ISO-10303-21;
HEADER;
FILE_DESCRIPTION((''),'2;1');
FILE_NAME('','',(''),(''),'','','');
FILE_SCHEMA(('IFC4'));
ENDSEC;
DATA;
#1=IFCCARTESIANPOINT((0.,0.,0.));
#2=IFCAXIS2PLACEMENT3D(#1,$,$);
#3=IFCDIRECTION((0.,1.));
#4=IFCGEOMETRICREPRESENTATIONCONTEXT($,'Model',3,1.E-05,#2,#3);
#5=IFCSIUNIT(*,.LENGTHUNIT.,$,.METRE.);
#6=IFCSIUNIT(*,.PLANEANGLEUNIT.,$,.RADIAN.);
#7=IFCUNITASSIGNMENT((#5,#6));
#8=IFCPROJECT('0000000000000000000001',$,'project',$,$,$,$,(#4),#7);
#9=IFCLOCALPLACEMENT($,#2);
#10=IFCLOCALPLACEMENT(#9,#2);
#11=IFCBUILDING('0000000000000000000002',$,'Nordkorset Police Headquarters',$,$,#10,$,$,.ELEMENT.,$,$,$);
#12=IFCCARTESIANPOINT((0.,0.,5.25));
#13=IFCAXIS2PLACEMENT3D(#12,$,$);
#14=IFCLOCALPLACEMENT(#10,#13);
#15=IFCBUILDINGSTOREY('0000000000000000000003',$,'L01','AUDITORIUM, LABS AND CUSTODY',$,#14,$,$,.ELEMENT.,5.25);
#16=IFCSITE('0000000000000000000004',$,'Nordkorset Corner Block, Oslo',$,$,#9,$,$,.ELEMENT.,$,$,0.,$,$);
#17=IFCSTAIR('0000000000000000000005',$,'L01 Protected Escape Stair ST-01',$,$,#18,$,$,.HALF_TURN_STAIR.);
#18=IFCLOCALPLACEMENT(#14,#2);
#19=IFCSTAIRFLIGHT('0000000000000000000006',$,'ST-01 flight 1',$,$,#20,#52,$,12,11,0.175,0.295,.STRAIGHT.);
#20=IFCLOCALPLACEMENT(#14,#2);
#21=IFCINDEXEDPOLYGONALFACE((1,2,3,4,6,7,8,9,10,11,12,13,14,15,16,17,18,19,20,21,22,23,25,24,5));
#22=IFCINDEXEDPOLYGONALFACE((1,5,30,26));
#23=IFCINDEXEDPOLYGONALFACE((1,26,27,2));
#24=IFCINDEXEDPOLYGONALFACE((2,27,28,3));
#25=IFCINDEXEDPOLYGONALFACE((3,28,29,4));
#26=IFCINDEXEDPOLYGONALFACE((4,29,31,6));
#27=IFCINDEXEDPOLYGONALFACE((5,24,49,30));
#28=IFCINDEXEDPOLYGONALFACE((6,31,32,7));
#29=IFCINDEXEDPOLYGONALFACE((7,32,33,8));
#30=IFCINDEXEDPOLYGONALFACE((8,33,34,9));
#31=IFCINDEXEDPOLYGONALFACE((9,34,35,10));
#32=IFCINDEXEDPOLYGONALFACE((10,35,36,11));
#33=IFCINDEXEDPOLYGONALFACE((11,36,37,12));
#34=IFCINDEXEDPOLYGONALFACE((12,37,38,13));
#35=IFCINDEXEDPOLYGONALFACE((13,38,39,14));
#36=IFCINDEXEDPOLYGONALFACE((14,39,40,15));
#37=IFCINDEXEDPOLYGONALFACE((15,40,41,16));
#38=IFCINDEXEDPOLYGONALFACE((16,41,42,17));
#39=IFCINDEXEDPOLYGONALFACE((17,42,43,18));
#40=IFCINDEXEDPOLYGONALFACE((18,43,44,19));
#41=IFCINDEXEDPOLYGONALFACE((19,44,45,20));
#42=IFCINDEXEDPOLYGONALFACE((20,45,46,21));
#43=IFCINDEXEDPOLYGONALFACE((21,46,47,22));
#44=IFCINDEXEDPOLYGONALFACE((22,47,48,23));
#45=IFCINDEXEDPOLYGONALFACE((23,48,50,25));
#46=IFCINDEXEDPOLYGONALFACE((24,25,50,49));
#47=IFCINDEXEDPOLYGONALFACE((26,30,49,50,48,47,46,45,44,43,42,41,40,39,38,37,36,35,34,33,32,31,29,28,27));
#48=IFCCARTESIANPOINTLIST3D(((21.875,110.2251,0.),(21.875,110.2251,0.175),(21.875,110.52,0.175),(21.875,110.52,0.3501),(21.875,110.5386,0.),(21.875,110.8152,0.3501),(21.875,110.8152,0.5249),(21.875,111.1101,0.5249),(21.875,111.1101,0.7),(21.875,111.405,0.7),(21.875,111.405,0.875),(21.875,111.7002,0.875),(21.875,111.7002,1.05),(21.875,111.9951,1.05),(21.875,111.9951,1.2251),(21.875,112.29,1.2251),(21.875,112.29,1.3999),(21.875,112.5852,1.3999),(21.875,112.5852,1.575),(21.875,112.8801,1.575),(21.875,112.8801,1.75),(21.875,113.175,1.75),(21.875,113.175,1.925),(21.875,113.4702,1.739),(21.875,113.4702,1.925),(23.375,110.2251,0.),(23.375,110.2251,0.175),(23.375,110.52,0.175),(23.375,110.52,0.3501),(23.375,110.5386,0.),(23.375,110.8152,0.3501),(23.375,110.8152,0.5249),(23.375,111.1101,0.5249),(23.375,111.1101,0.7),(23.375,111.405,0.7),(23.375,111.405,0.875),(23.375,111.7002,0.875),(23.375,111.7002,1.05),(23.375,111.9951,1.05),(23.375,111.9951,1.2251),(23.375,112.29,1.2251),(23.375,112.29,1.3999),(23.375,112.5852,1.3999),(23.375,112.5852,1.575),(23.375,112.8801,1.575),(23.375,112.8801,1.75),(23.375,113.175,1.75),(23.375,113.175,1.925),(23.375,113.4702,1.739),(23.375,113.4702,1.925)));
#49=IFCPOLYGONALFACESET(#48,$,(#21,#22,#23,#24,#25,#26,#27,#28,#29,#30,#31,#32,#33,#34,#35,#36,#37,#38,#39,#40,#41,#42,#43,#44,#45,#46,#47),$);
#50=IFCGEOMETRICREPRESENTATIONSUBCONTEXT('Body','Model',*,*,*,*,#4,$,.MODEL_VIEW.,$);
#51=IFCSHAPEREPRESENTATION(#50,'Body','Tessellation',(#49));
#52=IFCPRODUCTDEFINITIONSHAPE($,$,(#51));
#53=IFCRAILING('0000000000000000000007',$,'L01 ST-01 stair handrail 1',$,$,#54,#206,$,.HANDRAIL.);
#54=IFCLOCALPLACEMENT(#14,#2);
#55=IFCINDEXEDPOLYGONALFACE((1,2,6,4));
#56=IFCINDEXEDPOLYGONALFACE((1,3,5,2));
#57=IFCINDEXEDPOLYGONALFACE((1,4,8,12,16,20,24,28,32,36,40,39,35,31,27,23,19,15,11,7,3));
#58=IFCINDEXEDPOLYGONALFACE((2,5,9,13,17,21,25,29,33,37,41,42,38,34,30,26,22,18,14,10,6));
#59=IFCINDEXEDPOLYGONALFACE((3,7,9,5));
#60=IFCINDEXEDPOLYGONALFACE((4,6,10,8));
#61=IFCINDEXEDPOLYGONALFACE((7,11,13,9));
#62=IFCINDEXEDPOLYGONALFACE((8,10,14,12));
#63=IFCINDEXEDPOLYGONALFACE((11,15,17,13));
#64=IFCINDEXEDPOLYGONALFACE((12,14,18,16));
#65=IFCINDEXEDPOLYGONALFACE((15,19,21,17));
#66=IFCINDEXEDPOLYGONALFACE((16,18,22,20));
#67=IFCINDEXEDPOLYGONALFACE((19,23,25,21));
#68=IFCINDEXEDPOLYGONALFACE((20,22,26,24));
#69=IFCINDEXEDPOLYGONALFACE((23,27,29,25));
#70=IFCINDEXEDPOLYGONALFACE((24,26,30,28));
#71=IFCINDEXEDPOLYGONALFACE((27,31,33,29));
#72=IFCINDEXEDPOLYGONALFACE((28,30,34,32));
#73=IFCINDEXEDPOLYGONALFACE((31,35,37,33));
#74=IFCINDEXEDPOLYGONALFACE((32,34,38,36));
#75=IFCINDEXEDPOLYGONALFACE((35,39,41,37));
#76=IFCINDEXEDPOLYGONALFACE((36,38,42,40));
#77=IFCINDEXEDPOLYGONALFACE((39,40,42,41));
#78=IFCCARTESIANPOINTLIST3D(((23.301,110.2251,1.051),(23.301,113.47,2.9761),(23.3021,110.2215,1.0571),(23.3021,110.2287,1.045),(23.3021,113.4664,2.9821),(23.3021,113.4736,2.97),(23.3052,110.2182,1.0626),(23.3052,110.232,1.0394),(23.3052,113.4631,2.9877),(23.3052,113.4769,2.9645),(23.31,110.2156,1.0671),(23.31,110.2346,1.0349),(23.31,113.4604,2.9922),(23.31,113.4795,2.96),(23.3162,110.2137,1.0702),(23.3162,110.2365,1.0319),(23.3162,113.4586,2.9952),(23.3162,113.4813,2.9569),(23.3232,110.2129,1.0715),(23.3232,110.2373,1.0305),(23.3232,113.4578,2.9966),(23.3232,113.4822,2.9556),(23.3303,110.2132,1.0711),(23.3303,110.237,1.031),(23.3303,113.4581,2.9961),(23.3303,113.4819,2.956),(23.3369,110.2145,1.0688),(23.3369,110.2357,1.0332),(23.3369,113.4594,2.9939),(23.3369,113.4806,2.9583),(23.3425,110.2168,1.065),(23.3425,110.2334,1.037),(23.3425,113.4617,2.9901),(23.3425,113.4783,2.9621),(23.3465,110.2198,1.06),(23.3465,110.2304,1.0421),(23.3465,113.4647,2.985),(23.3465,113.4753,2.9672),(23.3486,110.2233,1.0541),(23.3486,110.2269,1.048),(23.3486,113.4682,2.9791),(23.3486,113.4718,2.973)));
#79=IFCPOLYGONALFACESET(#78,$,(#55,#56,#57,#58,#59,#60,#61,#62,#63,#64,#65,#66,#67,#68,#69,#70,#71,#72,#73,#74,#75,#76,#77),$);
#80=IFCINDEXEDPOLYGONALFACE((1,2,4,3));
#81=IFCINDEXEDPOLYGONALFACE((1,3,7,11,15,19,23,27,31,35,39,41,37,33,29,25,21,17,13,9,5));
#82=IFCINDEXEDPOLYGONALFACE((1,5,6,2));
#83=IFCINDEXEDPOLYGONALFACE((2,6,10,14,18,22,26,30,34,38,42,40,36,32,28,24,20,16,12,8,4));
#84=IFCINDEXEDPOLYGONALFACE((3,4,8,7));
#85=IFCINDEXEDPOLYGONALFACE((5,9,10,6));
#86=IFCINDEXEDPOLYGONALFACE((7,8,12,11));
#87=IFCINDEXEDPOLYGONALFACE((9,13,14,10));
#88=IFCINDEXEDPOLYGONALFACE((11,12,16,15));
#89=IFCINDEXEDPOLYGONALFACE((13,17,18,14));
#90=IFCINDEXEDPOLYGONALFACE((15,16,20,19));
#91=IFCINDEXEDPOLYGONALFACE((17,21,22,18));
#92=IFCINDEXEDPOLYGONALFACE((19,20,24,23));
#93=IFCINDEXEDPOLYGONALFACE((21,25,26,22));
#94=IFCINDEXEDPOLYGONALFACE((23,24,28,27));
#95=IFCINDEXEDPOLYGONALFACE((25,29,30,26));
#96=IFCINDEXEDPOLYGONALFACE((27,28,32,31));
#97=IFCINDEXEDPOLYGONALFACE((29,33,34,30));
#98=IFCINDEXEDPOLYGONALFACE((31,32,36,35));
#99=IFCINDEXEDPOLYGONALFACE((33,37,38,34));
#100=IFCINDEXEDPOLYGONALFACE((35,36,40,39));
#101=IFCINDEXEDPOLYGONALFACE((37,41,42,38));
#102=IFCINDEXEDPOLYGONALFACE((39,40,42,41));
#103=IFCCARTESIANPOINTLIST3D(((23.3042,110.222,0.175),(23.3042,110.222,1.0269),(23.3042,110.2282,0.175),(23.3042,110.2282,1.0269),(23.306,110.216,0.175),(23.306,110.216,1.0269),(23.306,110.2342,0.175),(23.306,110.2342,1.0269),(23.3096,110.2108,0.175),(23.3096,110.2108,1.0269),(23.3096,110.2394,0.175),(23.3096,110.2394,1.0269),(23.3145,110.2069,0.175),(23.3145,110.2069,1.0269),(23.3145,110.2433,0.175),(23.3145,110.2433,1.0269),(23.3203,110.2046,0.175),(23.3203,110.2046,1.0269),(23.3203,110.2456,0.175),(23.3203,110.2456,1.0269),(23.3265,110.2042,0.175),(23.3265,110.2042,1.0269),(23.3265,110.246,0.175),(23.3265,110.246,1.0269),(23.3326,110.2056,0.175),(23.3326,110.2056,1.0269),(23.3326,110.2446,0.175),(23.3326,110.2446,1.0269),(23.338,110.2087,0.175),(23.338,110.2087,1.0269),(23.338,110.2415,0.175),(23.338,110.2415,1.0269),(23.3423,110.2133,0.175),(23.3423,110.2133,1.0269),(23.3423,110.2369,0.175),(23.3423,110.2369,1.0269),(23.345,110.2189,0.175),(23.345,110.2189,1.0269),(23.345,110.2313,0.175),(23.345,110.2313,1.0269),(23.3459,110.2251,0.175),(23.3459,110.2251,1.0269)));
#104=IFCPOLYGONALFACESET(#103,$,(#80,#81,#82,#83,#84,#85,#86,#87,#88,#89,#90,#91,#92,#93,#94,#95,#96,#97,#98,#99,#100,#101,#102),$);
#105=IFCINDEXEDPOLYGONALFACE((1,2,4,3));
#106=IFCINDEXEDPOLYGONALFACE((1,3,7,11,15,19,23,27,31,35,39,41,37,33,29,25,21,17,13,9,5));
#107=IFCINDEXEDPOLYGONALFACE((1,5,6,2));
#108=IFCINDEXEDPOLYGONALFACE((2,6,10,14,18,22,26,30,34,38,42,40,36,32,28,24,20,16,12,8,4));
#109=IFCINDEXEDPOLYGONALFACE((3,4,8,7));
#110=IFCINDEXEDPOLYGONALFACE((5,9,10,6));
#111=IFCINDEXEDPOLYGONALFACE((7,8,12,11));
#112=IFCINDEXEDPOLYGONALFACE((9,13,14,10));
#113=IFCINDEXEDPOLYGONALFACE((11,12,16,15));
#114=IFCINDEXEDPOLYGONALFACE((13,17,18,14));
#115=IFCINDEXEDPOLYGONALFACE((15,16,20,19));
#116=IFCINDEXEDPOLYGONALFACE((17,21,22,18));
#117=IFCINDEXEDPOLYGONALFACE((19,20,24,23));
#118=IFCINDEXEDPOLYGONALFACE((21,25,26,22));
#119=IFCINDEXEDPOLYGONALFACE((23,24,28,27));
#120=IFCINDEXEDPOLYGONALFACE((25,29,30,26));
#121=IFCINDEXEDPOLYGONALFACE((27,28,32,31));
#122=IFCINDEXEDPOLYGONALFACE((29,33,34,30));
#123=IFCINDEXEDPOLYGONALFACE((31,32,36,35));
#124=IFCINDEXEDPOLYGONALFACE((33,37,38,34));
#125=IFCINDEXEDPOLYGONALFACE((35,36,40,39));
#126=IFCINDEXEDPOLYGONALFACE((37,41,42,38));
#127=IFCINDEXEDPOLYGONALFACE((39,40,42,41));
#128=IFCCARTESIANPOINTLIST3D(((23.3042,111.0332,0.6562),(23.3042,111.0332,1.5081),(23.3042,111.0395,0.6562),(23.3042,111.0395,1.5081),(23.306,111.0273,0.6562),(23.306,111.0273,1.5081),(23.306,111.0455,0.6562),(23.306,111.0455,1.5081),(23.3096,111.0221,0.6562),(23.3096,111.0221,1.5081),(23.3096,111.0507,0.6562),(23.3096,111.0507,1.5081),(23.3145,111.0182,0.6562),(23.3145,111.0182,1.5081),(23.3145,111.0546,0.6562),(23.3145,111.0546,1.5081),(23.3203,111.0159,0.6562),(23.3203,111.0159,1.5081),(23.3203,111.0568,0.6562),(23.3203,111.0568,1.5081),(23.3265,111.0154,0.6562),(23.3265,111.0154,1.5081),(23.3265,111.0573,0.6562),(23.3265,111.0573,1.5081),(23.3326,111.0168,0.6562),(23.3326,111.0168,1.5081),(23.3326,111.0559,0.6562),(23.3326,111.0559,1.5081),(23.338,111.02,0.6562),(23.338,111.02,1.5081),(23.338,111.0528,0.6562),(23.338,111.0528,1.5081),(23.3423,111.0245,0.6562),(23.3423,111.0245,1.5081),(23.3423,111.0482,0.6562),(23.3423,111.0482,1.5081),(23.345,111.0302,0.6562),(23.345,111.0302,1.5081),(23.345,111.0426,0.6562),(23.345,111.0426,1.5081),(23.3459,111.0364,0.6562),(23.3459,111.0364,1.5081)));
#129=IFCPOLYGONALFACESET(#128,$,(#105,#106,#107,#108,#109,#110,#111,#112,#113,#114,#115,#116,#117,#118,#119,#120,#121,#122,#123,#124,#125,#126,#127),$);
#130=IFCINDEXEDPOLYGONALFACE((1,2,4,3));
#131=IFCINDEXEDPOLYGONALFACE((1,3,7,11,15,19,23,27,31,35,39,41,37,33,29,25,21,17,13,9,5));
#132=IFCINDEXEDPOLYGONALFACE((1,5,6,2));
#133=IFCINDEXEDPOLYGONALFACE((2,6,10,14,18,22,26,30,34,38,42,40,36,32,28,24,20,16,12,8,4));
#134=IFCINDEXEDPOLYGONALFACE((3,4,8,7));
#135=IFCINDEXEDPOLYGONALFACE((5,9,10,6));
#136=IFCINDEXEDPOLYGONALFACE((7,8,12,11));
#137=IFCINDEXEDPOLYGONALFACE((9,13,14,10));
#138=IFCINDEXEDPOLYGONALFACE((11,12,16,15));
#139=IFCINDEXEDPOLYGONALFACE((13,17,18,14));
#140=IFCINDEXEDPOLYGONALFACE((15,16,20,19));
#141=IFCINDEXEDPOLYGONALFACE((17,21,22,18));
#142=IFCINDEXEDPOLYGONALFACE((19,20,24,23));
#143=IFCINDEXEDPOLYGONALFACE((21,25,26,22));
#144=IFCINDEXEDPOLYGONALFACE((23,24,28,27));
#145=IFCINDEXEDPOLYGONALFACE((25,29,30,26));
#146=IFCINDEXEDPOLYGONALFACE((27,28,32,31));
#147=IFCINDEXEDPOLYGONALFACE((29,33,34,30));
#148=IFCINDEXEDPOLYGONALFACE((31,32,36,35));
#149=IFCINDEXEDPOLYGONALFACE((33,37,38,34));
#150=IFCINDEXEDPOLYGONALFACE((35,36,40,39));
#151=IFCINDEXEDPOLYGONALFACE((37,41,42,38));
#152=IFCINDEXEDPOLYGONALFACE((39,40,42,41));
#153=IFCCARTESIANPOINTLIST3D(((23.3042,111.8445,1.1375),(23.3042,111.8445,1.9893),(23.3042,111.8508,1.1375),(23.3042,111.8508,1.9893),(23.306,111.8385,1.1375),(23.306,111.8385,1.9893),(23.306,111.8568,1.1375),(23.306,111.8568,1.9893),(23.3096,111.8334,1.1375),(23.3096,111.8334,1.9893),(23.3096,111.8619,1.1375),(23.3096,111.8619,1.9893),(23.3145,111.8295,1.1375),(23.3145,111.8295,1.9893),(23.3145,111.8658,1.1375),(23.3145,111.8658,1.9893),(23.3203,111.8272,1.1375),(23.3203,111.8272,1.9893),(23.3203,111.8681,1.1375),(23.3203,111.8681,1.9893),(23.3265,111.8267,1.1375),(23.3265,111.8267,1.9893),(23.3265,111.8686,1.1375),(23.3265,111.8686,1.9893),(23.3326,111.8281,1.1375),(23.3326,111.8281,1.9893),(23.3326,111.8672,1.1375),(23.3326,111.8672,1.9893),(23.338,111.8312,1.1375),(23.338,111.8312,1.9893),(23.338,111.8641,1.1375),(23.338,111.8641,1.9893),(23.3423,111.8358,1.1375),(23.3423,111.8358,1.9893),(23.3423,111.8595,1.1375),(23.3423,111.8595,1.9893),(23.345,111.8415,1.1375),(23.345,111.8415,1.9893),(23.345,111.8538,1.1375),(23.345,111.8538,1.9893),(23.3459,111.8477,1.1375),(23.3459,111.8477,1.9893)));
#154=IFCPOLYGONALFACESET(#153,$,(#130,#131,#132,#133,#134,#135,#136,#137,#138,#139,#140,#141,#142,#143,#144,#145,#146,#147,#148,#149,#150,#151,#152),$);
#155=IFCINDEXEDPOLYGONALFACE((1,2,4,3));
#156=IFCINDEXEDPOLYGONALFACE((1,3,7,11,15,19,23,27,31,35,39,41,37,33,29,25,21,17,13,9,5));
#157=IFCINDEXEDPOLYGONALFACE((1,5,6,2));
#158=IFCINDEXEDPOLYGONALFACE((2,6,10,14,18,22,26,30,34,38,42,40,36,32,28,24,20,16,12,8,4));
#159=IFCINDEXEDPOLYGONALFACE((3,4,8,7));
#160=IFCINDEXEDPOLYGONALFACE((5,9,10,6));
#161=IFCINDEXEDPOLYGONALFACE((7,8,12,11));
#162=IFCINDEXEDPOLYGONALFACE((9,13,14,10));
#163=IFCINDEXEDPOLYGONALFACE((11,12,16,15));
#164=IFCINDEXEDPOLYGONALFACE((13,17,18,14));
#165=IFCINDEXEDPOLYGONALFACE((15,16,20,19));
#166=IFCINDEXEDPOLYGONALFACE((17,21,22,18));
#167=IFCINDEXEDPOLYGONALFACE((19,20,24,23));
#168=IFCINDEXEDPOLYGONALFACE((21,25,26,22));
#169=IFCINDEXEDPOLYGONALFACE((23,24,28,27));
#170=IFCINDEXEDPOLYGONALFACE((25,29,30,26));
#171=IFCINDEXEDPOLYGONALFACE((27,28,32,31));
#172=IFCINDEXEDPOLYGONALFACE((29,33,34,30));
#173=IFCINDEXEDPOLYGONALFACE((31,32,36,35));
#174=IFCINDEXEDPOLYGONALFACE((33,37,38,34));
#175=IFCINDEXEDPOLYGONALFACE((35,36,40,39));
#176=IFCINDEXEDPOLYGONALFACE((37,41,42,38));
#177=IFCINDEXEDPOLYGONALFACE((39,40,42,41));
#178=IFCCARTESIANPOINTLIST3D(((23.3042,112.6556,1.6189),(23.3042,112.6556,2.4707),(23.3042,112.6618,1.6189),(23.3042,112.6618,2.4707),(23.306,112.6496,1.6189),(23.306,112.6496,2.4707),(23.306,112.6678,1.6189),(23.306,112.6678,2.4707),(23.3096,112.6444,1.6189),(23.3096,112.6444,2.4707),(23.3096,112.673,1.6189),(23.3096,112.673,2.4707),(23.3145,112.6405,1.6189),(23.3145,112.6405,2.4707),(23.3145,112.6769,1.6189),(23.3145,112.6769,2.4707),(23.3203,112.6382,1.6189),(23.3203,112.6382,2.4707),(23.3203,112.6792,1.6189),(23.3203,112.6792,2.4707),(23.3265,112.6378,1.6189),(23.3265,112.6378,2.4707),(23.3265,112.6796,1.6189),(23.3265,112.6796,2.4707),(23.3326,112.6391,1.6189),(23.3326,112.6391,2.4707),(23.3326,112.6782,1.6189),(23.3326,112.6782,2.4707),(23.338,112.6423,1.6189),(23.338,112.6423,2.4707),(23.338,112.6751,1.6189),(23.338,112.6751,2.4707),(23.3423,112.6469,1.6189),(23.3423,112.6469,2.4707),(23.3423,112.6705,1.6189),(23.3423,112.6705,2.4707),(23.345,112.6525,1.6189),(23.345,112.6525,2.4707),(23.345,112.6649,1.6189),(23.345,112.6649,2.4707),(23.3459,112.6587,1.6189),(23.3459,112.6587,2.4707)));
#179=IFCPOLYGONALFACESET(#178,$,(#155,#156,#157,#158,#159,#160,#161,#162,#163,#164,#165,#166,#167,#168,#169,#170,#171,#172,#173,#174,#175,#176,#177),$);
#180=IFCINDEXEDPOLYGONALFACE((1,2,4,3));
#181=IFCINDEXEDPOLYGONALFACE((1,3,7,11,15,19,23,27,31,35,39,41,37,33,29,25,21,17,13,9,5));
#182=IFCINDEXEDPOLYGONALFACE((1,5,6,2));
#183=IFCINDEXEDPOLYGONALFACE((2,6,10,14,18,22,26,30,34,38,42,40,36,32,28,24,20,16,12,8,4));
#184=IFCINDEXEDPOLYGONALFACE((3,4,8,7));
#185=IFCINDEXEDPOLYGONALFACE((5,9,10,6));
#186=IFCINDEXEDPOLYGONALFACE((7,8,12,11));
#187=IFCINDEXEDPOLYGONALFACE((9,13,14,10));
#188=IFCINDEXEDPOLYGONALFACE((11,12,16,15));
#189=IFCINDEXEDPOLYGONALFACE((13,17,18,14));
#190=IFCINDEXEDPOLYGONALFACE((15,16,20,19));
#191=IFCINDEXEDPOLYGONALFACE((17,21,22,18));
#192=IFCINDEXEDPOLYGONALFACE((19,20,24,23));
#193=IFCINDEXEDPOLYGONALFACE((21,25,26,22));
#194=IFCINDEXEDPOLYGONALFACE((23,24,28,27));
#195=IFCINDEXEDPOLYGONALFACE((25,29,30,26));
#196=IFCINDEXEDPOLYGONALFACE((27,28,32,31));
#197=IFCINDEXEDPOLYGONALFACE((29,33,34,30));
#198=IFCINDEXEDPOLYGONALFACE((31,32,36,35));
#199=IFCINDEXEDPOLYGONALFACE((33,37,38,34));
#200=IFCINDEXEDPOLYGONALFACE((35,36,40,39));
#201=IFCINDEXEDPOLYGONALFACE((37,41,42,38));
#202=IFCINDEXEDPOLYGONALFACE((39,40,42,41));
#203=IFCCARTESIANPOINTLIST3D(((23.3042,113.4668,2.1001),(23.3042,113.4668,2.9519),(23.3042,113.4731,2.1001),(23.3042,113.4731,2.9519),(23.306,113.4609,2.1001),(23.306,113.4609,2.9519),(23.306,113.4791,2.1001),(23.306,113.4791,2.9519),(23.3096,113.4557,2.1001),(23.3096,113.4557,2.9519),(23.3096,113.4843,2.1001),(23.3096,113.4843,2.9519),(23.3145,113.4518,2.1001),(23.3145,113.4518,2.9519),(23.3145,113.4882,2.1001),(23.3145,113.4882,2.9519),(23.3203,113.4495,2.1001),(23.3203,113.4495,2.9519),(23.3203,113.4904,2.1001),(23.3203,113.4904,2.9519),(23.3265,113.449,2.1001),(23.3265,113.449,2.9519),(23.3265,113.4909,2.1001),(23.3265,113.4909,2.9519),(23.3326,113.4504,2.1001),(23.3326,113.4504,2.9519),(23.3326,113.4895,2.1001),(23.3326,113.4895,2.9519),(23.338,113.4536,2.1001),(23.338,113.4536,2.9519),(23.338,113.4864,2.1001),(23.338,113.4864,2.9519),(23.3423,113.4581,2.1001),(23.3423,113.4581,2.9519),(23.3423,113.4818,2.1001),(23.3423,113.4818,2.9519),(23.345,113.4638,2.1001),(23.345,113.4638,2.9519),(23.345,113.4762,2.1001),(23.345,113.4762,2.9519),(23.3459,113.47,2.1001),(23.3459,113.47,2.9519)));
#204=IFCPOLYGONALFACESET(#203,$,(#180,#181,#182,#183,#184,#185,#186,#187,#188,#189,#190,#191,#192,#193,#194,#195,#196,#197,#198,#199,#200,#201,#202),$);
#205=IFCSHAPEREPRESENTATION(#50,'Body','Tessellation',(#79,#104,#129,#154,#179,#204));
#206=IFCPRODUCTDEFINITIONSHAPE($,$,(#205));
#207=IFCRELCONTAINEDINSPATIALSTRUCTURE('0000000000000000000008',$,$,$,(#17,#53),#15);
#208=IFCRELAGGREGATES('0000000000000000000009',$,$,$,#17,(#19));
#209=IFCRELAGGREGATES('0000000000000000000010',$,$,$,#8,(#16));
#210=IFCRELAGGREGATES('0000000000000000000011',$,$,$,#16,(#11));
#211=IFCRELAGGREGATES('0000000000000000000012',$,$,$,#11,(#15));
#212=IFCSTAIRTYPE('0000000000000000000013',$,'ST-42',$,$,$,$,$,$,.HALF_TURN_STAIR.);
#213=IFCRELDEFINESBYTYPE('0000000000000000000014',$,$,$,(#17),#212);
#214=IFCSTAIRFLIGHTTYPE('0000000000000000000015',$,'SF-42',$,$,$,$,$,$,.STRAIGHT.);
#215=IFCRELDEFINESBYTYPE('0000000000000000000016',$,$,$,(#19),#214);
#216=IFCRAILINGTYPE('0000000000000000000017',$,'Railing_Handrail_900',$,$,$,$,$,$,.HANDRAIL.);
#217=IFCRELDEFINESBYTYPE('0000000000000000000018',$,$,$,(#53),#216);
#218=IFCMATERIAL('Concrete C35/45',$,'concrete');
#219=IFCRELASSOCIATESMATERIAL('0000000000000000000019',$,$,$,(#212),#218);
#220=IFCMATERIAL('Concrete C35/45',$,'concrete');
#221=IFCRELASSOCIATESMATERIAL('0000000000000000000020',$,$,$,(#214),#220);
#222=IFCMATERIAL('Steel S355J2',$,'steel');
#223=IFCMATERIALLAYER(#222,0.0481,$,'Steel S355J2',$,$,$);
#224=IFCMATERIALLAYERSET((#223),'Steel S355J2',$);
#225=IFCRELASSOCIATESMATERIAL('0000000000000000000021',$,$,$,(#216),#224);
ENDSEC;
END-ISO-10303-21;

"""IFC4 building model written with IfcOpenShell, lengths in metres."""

from ifc_helpers import new_model, si_unit, direction, frame, origin, origin_2d, place, context, subcontext, project, spatial, polyline, circle, outline, extrude, material, layer, layer_set, type_object, element, aggregate, save


model = new_model("IFC4")

# Units and contexts
model_context = context("Model", 3, precision=1e-05, world=origin(), true_north=direction((0.0, 1.0)))
body_context = subcontext(model_context, "Body", "Model", "MODEL_VIEW")
ifc_project = project(units=[si_unit("LENGTHUNIT", "METRE"), si_unit("PLANEANGLEUNIT", "RADIAN")], contexts=[model_context])

# Site, building, storey
site_placement = place(None, origin())
site = spatial("IfcSite", under=ifc_project, at=site_placement, Name="Nordkorset Corner Block, Oslo", CompositionType="ELEMENT", RefElevation=0.0)
building_placement = place(site_placement, origin())
building = spatial("IfcBuilding", under=site, at=building_placement, Name="Nordkorset Police Headquarters", CompositionType="ELEMENT")
storey_placement = place(building_placement, frame((0.0, 0.0, 5.25)))
storey = spatial("IfcBuildingStorey", under=building, at=storey_placement, Name="L01", Description="AUDITORIUM, LABS AND CUSTODY", CompositionType="ELEMENT", Elevation=5.25)

# Stair, stair flight
ifc_material_1 = material(Name="Concrete C35/45", Category="concrete")
stair_type = type_object("IfcStairType", Name="ST-42", PredefinedType="HALF_TURN_STAIR", material=ifc_material_1)
stair_placement = place(storey_placement, origin())
stair = element("IfcStair", 1, at=stair_placement, inside=storey, type_object=stair_type, Name="L01 Protected Escape Stair ST-01", PredefinedType="HALF_TURN_STAIR")
ifc_material_2 = material(Name="Concrete C35/45", Category="concrete")
stair_flight_type = type_object("IfcStairFlightType", Name="SF-42", PredefinedType="STRAIGHT", material=ifc_material_2)
stair_flight_placement = place(storey_placement, frame((22.625, 110.2251, 0.0), z_axis=(0.0, 0.0, 1.0), x_axis=(0.0, 1.0, 0.0)))
stair_flight = element("IfcStairFlight", 2, at=stair_flight_placement, type_object=stair_flight_type, Name="ST-01 flight 1", NumberOfRisers=12, NumberOfTreads=11, PredefinedType="STRAIGHT", RiserHeight=0.175, TreadLength=0.295, context=body_context, shape_type="SweptSolid", body=[
    extrude(outline(polyline([(0.0, 0.0), (0.0, 0.175), (0.2949, 0.175), (0.2949, 0.3501), (0.5901, 0.3501), (0.5901, 0.5249), (0.885, 0.5249), (0.885, 0.7), (1.1799, 0.7), (1.1799, 0.875), (1.4751, 0.875), (1.4751, 1.05), (1.77, 1.05), (1.77, 1.2251), (2.0649, 1.2251), (2.0649, 1.3999), (2.3601, 1.3999), (2.3601, 1.575), (2.655, 1.575), (2.655, 1.75), (2.95, 1.75), (2.95, 1.925), (3.2451, 1.925), (3.2451, 2.1001), (3.2451, 1.739), (0.3135, 0.0), (0.0, 0.0)])), frame((0.0, 0.75, 0.0), z_axis=(0.0, -1.0, 0.0), x_axis=(1.0, 0.0, 0.0)), (0.0, 0.0, 1.0), 1.5),
])
aggregate(stair, [stair_flight])

# Railing
ifc_material_3 = material(Name="Steel S355J2", Category="steel")
ifc_layer_1 = layer(ifc_material_3, 0.0481, Name="Steel S355J2")
ifc_layer_set_1 = layer_set([ifc_layer_1], Name="Steel S355J2")
railing_type = type_object("IfcRailingType", Name="Railing_Handrail_900", PredefinedType="HANDRAIL", material=ifc_layer_set_1)
railing_placement = place(storey_placement, frame((23.325, 110.2251, 0.175)))
element("IfcRailing", 3, at=railing_placement, inside=storey, type_object=railing_type, Name="L01 ST-01 stair handrail 1", PredefinedType="HANDRAIL", context=body_context, shape_type="SweptSolid", body=[
    extrude(circle(Radius=0.0239, at=origin_2d()), frame((0.0, 0.0, 0.876), z_axis=(0.0, 0.86004, 0.510226), x_axis=(-1.0, 0.0, 0.0)), (0.0, 0.0, 1.0), 3.7729),
    extrude(circle(Radius=0.021, at=origin_2d()), origin(), (0.0, 0.0, 1.0), 0.8518),
    extrude(circle(Radius=0.021, at=origin_2d()), frame((0.0, 0.8113, 0.4812)), (0.0, 0.0, 1.0), 0.8518),
    extrude(circle(Radius=0.021, at=origin_2d()), frame((0.0, 1.6226, 0.9624)), (0.0, 0.0, 1.0), 0.8518),
    extrude(circle(Radius=0.021, at=origin_2d()), frame((0.0, 2.4336, 1.4438)), (0.0, 0.0, 1.0), 0.8518),
    extrude(circle(Radius=0.021, at=origin_2d()), frame((0.0, 3.2449, 1.925)), (0.0, 0.0, 1.0), 0.8518),
])

save(model, "model.ifc")
